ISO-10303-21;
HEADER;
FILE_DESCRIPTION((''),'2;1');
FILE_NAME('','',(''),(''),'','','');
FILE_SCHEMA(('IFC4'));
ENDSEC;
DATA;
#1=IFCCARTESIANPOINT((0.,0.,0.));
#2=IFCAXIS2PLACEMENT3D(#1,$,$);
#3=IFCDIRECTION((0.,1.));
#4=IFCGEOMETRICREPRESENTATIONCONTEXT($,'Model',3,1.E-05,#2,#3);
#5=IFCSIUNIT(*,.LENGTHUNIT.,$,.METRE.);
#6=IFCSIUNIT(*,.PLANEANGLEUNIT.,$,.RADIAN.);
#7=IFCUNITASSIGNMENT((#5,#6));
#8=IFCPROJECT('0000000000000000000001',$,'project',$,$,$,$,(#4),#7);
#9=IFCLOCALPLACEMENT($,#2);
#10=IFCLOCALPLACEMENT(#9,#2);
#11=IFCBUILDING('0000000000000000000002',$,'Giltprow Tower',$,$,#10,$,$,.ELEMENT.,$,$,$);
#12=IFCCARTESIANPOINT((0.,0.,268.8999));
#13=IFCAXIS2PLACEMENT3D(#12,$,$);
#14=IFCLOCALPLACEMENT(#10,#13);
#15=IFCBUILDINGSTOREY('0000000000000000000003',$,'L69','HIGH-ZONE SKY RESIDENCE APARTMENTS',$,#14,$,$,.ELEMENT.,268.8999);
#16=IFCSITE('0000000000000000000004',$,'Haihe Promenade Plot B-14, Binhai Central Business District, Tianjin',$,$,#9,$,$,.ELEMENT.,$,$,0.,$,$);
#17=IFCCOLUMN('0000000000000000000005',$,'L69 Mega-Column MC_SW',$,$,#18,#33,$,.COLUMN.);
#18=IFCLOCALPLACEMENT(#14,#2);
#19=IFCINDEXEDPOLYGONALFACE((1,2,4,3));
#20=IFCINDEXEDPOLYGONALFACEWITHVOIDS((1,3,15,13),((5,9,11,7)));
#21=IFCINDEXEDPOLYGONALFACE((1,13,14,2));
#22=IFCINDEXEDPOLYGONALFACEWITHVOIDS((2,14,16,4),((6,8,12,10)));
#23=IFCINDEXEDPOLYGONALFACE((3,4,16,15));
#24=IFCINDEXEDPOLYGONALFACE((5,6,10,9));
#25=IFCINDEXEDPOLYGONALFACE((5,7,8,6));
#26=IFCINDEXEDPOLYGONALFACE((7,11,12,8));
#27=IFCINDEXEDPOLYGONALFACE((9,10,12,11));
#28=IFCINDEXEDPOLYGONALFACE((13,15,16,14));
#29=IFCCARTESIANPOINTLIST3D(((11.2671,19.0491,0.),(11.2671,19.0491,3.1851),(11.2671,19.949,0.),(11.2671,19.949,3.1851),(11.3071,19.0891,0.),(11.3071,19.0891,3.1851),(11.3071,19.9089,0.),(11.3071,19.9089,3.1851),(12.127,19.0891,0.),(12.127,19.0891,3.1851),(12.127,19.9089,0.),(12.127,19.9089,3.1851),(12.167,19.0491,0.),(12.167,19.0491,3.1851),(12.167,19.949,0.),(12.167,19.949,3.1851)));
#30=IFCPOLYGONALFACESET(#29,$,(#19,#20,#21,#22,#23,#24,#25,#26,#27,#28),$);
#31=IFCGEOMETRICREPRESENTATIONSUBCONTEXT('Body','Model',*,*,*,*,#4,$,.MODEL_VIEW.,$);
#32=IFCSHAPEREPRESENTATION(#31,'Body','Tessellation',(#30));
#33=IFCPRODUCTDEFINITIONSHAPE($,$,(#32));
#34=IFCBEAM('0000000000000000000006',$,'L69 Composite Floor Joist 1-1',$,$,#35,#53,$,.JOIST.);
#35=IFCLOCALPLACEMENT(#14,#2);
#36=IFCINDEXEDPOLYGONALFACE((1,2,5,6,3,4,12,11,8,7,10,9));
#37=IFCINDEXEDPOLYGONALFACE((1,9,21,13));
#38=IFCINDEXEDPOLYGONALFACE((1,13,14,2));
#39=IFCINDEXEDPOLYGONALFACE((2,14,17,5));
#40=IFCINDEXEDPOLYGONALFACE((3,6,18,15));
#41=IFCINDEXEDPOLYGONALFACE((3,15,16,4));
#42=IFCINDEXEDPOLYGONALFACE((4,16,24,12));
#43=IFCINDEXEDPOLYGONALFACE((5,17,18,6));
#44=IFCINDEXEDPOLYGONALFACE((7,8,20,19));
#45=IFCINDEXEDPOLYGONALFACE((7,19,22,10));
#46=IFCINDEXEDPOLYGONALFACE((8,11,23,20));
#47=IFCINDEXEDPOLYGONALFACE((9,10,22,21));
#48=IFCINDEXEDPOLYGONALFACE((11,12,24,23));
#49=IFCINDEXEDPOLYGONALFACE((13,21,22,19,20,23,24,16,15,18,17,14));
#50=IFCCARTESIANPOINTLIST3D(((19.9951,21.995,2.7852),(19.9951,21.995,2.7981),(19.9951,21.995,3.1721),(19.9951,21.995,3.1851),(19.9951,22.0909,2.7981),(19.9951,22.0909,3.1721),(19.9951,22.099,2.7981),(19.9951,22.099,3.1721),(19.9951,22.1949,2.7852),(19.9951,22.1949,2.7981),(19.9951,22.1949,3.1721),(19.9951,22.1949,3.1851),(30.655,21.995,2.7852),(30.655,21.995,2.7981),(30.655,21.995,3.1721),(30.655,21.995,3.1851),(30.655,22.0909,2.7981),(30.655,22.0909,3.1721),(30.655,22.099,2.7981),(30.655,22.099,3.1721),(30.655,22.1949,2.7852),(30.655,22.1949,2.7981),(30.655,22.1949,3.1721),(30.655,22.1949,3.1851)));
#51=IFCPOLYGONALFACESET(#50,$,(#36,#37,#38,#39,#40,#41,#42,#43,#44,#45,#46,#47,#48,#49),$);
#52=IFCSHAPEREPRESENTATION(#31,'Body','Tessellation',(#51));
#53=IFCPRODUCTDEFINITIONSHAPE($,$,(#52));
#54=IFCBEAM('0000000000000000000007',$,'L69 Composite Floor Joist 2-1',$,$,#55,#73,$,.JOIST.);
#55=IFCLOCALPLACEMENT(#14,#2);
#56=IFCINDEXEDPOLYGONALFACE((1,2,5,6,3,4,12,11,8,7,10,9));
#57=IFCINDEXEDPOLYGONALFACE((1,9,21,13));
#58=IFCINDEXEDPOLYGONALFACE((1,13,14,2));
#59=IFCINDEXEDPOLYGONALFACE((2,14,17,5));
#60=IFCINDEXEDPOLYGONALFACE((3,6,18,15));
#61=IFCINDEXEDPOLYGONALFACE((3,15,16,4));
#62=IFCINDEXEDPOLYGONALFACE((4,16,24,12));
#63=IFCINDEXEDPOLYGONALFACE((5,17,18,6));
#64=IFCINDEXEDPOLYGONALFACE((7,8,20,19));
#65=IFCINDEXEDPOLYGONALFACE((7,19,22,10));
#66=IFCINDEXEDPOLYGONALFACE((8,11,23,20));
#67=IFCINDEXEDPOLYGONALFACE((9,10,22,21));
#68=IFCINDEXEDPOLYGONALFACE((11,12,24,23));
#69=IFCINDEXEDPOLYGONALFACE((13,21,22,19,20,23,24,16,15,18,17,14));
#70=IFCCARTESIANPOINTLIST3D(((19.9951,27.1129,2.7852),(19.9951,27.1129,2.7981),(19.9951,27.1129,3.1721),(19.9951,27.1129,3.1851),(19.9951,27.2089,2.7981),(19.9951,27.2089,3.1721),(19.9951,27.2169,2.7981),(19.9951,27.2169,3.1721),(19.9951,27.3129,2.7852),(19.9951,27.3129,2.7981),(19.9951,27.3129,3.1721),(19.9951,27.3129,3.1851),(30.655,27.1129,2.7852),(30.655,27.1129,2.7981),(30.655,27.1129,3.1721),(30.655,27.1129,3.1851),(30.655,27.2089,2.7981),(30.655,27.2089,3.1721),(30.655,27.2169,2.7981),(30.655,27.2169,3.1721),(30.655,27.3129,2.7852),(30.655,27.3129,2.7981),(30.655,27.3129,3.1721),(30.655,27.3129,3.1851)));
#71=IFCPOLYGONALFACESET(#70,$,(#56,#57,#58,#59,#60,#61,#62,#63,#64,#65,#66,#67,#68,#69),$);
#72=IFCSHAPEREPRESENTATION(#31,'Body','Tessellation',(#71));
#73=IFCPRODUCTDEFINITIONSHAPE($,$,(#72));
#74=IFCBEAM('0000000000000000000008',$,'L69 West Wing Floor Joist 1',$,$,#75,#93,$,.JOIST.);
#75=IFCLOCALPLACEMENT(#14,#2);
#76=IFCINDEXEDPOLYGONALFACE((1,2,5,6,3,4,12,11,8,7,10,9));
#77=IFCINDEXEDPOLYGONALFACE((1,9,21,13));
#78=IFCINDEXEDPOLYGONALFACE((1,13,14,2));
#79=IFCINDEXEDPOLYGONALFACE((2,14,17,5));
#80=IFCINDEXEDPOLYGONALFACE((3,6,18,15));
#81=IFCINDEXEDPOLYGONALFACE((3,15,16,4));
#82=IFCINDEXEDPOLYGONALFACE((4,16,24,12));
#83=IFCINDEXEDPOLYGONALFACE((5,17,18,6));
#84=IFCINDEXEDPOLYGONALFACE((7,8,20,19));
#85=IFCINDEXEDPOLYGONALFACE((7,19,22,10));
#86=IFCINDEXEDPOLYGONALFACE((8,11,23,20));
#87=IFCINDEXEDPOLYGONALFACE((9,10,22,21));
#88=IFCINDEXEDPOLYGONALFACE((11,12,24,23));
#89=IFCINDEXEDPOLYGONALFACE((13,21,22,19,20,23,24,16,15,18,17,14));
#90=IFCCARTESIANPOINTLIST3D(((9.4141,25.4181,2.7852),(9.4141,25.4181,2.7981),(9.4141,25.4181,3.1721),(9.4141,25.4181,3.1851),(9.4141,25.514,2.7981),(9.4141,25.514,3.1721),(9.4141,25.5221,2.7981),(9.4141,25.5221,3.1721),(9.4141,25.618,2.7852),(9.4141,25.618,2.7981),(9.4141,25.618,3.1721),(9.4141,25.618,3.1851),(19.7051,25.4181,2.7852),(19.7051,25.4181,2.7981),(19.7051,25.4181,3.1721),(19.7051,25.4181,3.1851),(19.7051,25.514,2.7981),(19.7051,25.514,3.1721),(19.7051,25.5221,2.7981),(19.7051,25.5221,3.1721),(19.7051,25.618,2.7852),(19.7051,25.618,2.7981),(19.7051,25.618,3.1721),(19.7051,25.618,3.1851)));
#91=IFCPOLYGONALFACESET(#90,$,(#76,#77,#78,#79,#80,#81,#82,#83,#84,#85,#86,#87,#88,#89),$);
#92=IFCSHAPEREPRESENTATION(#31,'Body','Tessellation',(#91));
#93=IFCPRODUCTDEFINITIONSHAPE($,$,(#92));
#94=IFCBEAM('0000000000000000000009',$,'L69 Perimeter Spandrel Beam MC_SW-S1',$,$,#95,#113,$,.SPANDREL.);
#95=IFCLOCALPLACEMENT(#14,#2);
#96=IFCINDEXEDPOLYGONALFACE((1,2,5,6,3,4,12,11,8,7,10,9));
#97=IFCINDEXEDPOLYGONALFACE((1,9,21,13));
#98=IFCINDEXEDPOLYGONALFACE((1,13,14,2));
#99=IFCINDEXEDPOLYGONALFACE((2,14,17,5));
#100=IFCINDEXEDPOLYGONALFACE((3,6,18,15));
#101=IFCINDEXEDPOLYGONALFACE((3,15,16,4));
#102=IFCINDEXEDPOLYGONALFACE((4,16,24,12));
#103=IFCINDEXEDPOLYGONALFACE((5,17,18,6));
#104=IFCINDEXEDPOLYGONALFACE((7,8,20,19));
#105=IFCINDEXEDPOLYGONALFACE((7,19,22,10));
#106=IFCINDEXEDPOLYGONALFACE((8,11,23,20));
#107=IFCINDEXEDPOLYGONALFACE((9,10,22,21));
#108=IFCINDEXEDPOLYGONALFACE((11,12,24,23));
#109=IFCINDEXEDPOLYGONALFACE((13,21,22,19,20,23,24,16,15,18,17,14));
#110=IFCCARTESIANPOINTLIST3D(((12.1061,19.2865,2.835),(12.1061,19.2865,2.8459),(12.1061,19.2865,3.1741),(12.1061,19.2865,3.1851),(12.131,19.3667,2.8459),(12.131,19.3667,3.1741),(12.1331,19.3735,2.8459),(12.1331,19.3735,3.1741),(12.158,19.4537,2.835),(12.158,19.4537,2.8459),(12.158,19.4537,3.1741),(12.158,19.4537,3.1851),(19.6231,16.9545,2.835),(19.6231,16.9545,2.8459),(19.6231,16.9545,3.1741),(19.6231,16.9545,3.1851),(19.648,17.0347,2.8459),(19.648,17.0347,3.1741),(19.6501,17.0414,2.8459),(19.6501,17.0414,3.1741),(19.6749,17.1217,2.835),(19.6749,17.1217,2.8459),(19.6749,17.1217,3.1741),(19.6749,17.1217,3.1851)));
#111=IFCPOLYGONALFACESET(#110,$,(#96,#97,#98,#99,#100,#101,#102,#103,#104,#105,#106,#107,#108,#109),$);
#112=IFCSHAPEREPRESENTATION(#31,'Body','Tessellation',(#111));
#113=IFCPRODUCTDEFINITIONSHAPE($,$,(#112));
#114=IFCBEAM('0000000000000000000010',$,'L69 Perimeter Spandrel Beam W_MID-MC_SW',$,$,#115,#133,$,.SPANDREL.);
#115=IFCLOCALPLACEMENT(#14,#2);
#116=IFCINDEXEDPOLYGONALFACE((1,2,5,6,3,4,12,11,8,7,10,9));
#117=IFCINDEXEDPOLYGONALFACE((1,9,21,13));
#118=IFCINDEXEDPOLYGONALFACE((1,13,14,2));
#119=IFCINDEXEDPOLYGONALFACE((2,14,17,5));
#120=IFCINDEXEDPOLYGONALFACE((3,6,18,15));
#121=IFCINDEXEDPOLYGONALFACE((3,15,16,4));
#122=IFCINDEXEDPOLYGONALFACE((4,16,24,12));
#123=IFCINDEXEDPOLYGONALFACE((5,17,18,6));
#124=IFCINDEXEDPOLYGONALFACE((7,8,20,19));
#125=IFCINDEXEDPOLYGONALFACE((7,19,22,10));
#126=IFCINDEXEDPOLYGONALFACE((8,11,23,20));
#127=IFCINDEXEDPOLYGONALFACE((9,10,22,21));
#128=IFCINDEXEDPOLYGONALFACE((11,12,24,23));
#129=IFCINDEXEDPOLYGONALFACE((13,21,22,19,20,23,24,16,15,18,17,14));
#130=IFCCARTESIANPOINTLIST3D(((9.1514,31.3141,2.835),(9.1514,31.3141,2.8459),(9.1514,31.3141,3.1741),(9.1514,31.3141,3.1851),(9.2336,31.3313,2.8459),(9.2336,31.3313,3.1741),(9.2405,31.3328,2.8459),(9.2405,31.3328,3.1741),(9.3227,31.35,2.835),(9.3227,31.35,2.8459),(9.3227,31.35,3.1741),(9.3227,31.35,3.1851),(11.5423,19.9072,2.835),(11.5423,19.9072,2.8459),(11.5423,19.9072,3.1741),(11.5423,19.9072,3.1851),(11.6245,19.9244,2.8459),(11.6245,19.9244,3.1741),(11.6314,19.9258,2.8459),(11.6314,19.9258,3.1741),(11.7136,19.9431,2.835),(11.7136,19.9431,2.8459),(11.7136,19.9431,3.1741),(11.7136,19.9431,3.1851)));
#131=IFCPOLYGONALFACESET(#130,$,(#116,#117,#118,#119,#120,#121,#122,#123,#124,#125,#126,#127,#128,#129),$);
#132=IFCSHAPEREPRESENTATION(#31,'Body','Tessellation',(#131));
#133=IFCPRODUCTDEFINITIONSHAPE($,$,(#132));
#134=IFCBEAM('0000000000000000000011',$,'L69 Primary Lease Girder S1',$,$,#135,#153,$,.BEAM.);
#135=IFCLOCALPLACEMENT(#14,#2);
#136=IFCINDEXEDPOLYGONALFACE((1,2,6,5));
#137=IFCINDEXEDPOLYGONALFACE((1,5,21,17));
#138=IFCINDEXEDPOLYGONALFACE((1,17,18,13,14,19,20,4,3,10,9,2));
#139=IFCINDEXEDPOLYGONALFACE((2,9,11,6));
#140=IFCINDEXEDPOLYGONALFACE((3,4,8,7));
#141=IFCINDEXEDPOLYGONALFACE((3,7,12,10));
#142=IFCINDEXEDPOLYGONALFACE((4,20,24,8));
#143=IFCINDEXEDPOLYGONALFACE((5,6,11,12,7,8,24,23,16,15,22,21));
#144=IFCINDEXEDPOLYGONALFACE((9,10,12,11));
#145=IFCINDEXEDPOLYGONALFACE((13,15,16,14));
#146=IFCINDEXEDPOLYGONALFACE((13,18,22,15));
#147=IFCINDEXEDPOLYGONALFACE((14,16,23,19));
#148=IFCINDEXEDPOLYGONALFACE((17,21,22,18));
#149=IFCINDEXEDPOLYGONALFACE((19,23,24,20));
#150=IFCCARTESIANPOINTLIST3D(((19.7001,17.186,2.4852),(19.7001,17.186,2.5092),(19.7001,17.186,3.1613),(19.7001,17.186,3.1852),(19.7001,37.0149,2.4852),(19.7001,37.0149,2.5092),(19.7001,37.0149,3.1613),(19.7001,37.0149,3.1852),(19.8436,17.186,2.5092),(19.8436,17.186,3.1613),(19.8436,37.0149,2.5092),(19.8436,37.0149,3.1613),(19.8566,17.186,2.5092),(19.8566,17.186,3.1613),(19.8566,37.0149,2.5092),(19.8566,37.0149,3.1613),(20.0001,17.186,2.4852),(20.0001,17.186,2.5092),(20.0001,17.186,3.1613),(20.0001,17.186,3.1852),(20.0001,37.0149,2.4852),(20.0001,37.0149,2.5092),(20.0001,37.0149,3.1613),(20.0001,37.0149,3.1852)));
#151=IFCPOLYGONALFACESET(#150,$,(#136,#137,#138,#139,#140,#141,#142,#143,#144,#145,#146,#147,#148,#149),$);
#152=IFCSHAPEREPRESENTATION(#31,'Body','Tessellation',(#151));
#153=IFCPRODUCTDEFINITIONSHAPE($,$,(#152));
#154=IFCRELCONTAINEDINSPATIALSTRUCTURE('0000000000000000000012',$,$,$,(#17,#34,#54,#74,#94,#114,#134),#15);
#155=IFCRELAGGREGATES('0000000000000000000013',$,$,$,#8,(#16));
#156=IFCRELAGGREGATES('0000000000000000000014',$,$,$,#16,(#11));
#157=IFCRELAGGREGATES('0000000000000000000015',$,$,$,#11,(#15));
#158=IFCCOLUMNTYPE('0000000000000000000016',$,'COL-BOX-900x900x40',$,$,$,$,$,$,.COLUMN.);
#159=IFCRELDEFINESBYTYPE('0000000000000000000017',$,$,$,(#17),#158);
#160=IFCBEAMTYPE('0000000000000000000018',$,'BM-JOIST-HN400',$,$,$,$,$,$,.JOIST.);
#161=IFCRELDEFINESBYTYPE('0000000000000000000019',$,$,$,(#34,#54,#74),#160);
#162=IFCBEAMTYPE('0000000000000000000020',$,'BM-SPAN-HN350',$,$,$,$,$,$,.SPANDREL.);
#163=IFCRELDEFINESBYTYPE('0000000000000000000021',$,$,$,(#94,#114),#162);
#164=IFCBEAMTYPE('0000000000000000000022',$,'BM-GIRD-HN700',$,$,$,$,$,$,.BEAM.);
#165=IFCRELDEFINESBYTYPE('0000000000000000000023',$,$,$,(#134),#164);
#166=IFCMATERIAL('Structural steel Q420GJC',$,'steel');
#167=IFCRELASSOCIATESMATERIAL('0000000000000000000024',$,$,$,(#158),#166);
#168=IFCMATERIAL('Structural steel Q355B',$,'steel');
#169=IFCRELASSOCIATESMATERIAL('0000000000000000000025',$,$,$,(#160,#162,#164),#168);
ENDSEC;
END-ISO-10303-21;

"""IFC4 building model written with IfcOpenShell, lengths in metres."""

from ifc_helpers import new_model, si_unit, direction, frame, origin, origin_2d, place, context, subcontext, project, spatial, hollow_rectangle, i_section, extrude, source, transform, mapped, material, material_profile, profile_set, type_object, element, save


model = new_model("IFC4")

# Units and contexts
model_context = context("Model", 3, precision=1e-05, world=origin(), true_north=direction((0.0, 1.0)))
body_context = subcontext(model_context, "Body", "Model", "MODEL_VIEW")
ifc_project = project(units=[si_unit("LENGTHUNIT", "METRE"), si_unit("PLANEANGLEUNIT", "RADIAN")], contexts=[model_context])

# Site, building, storey
site_placement = place(None, origin())
site = spatial("IfcSite", under=ifc_project, at=site_placement, Name="Haihe Promenade Plot B-14, Binhai Central Business District, Tianjin", CompositionType="ELEMENT", RefElevation=0.0)
building_placement = place(site_placement, origin())
building = spatial("IfcBuilding", under=site, at=building_placement, Name="Giltprow Tower", CompositionType="ELEMENT")
storey_placement = place(building_placement, frame((0.0, 0.0, 268.8999)))
storey = spatial("IfcBuildingStorey", under=building, at=storey_placement, Name="L69", Description="HIGH-ZONE SKY RESIDENCE APARTMENTS", CompositionType="ELEMENT", Elevation=268.8999)

# Column
ifc_material_1 = material(Name="Structural steel Q420GJC", Category="steel")
ifc_material_profile_1 = material_profile(ifc_material_1, hollow_rectangle(XDim=0.8999, YDim=0.8999, WallThickness=0.04, at=origin_2d()), Name="BOX 900x900x40")
ifc_profile_set_1 = profile_set([ifc_material_profile_1], Name="Structural steel Q420GJC")
column_type = type_object("IfcColumnType", Name="COL-BOX-900x900x40", PredefinedType="COLUMN", material=ifc_profile_set_1)
shared_shape_1 = source(origin(), body_context, "Body", "SweptSolid", [
    extrude(hollow_rectangle(XDim=0.8999, YDim=0.8999, WallThickness=0.04, at=origin_2d()), origin(), (0.0, 0.0, 1.0), 3.1851),
])
column_placement = place(storey_placement, frame((11.717, 19.499, 0.0), z_axis=(0.0, 0.0, 1.0), x_axis=(1.0, 0.0, 0.0)))
element("IfcColumn", 1, at=column_placement, inside=storey, type_object=column_type, Name="L69 Mega-Column MC_SW", PredefinedType="COLUMN", context=body_context, shape_type="MappedRepresentation", body=[
    mapped(shared_shape_1, transform((0.0, 0.0, 0.0), x_axis=(1.0, 0.0, 0.0), y_axis=(0.0, 1.0, 0.0), z_axis=(0.0, 0.0, 1.0), scale=1.0)),
])

# Beams
ifc_material_2 = material(Name="Structural steel Q355B", Category="steel")
ifc_material_profile_2 = material_profile(ifc_material_2, i_section(OverallWidth=0.2, OverallDepth=0.3999, WebThickness=0.0081, FlangeThickness=0.0129, at=origin_2d()), Name="HN 400x200x8x13")
ifc_profile_set_2 = profile_set([ifc_material_profile_2], Name="Structural steel Q355B")
beam_type_1 = type_object("IfcBeamType", Name="BM-JOIST-HN400", PredefinedType="JOIST", material=ifc_profile_set_2)
shared_shape_2 = source(origin(), body_context, "Body", "SweptSolid", [
    extrude(i_section(OverallWidth=0.2, OverallDepth=0.3999, WebThickness=0.0081, FlangeThickness=0.0129, at=origin_2d()), origin(), (0.0, 0.0, 1.0), 10.6599),
])
for number, where, z_axis, x_axis, name in (
    (2, (19.9951, 22.095, 2.9851), (1.0, 0.0, 0.0), (0.0, 1.0, 0.0), "L69 Composite Floor Joist 1-1"),
    (3, (19.9951, 27.2129, 2.9851), (1.0, 0.0, 0.0), (0.0, 1.0, 0.0), "L69 Composite Floor Joist 2-1"),
):
    element("IfcBeam", number, at=place(storey_placement, frame(where, z_axis=z_axis, x_axis=x_axis)), inside=storey, type_object=beam_type_1, Name=name, PredefinedType="JOIST", context=body_context, shape_type="MappedRepresentation", body=[
        mapped(shared_shape_2, transform((0.0, 0.0, 0.0), x_axis=(1.0, 0.0, 0.0), y_axis=(0.0, 1.0, 0.0), z_axis=(0.0, 0.0, 1.0), scale=1.0)),
    ])
shared_shape_3 = source(origin(), body_context, "Body", "SweptSolid", [
    extrude(i_section(OverallWidth=0.2, OverallDepth=0.3999, WebThickness=0.0081, FlangeThickness=0.0129, at=origin_2d()), origin(), (0.0, 0.0, 1.0), 10.291),
])
beam_1_placement = place(storey_placement, frame((9.4141, 25.5181, 2.9851), z_axis=(1.0, 0.0, 0.0), x_axis=(0.0, 1.0, 0.0)))
element("IfcBeam", 4, at=beam_1_placement, inside=storey, type_object=beam_type_1, Name="L69 West Wing Floor Joist 1", PredefinedType="JOIST", context=body_context, shape_type="MappedRepresentation", body=[
    mapped(shared_shape_3, transform((0.0, 0.0, 0.0), x_axis=(1.0, 0.0, 0.0), y_axis=(0.0, 1.0, 0.0), z_axis=(0.0, 0.0, 1.0), scale=1.0)),
])
ifc_material_profile_3 = material_profile(ifc_material_2, i_section(OverallWidth=0.175, OverallDepth=0.3501, WebThickness=0.0071, FlangeThickness=0.011, at=origin_2d()), Name="HN 350x175x7x11")
ifc_profile_set_3 = profile_set([ifc_material_profile_3], Name="Structural steel Q355B")
beam_type_2 = type_object("IfcBeamType", Name="BM-SPAN-HN350", PredefinedType="SPANDREL", material=ifc_profile_set_3)
shared_shape_4 = source(origin(), body_context, "Body", "SweptSolid", [
    extrude(i_section(OverallWidth=0.175, OverallDepth=0.3501, WebThickness=0.0071, FlangeThickness=0.011, at=origin_2d()), origin(), (0.0, 0.0, 1.0), 7.8704),
])
beam_2_placement = place(storey_placement, frame((12.1321, 19.3701, 3.01), z_axis=(0.955092, -0.296308, 0.0), x_axis=(0.296308, 0.955092, 0.0)))
element("IfcBeam", 5, at=beam_2_placement, inside=storey, type_object=beam_type_2, Name="L69 Perimeter Spandrel Beam MC_SW-S1", PredefinedType="SPANDREL", context=body_context, shape_type="MappedRepresentation", body=[
    mapped(shared_shape_4, transform((0.0, 0.0, 0.0), x_axis=(1.0, 0.0, 0.0), y_axis=(0.0, 1.0, 0.0), z_axis=(0.0, 0.0, 1.0), scale=1.0)),
])
shared_shape_5 = source(origin(), body_context, "Body", "SweptSolid", [
    extrude(i_section(OverallWidth=0.175, OverallDepth=0.3501, WebThickness=0.0071, FlangeThickness=0.011, at=origin_2d()), origin(), (0.0, 0.0, 1.0), 11.6548),
])
beam_3_placement = place(storey_placement, frame((9.2371, 31.332, 3.01), z_axis=(0.205139, -0.978733, 0.0), x_axis=(0.978733, 0.205139, 0.0)))
element("IfcBeam", 6, at=beam_3_placement, inside=storey, type_object=beam_type_2, Name="L69 Perimeter Spandrel Beam W_MID-MC_SW", PredefinedType="SPANDREL", context=body_context, shape_type="MappedRepresentation", body=[
    mapped(shared_shape_5, transform((0.0, 0.0, 0.0), x_axis=(1.0, 0.0, 0.0), y_axis=(0.0, 1.0, 0.0), z_axis=(0.0, 0.0, 1.0), scale=1.0)),
])
ifc_material_profile_4 = material_profile(ifc_material_2, i_section(OverallWidth=0.3, OverallDepth=0.7, WebThickness=0.0129, FlangeThickness=0.0239, at=origin_2d()), Name="HN 700x300x13x24")
ifc_profile_set_4 = profile_set([ifc_material_profile_4], Name="Structural steel Q355B")
beam_type_3 = type_object("IfcBeamType", Name="BM-GIRD-HN700", PredefinedType="BEAM", material=ifc_profile_set_4)
shared_shape_6 = source(origin(), body_context, "Body", "SweptSolid", [
    extrude(i_section(OverallWidth=0.3, OverallDepth=0.7, WebThickness=0.0129, FlangeThickness=0.0239, at=origin_2d()), origin(), (0.0, 0.0, 1.0), 19.8289),
])
beam_4_placement = place(storey_placement, frame((19.8501, 17.186, 2.8352), z_axis=(0.0, 1.0, 0.0), x_axis=(-1.0, 0.0, 0.0)))
element("IfcBeam", 7, at=beam_4_placement, inside=storey, type_object=beam_type_3, Name="L69 Primary Lease Girder S1", PredefinedType="BEAM", context=body_context, shape_type="MappedRepresentation", body=[
    mapped(shared_shape_6, transform((0.0, 0.0, 0.0), x_axis=(1.0, 0.0, 0.0), y_axis=(0.0, 1.0, 0.0), z_axis=(0.0, 0.0, 1.0), scale=1.0)),
])

save(model, "model.ifc")
